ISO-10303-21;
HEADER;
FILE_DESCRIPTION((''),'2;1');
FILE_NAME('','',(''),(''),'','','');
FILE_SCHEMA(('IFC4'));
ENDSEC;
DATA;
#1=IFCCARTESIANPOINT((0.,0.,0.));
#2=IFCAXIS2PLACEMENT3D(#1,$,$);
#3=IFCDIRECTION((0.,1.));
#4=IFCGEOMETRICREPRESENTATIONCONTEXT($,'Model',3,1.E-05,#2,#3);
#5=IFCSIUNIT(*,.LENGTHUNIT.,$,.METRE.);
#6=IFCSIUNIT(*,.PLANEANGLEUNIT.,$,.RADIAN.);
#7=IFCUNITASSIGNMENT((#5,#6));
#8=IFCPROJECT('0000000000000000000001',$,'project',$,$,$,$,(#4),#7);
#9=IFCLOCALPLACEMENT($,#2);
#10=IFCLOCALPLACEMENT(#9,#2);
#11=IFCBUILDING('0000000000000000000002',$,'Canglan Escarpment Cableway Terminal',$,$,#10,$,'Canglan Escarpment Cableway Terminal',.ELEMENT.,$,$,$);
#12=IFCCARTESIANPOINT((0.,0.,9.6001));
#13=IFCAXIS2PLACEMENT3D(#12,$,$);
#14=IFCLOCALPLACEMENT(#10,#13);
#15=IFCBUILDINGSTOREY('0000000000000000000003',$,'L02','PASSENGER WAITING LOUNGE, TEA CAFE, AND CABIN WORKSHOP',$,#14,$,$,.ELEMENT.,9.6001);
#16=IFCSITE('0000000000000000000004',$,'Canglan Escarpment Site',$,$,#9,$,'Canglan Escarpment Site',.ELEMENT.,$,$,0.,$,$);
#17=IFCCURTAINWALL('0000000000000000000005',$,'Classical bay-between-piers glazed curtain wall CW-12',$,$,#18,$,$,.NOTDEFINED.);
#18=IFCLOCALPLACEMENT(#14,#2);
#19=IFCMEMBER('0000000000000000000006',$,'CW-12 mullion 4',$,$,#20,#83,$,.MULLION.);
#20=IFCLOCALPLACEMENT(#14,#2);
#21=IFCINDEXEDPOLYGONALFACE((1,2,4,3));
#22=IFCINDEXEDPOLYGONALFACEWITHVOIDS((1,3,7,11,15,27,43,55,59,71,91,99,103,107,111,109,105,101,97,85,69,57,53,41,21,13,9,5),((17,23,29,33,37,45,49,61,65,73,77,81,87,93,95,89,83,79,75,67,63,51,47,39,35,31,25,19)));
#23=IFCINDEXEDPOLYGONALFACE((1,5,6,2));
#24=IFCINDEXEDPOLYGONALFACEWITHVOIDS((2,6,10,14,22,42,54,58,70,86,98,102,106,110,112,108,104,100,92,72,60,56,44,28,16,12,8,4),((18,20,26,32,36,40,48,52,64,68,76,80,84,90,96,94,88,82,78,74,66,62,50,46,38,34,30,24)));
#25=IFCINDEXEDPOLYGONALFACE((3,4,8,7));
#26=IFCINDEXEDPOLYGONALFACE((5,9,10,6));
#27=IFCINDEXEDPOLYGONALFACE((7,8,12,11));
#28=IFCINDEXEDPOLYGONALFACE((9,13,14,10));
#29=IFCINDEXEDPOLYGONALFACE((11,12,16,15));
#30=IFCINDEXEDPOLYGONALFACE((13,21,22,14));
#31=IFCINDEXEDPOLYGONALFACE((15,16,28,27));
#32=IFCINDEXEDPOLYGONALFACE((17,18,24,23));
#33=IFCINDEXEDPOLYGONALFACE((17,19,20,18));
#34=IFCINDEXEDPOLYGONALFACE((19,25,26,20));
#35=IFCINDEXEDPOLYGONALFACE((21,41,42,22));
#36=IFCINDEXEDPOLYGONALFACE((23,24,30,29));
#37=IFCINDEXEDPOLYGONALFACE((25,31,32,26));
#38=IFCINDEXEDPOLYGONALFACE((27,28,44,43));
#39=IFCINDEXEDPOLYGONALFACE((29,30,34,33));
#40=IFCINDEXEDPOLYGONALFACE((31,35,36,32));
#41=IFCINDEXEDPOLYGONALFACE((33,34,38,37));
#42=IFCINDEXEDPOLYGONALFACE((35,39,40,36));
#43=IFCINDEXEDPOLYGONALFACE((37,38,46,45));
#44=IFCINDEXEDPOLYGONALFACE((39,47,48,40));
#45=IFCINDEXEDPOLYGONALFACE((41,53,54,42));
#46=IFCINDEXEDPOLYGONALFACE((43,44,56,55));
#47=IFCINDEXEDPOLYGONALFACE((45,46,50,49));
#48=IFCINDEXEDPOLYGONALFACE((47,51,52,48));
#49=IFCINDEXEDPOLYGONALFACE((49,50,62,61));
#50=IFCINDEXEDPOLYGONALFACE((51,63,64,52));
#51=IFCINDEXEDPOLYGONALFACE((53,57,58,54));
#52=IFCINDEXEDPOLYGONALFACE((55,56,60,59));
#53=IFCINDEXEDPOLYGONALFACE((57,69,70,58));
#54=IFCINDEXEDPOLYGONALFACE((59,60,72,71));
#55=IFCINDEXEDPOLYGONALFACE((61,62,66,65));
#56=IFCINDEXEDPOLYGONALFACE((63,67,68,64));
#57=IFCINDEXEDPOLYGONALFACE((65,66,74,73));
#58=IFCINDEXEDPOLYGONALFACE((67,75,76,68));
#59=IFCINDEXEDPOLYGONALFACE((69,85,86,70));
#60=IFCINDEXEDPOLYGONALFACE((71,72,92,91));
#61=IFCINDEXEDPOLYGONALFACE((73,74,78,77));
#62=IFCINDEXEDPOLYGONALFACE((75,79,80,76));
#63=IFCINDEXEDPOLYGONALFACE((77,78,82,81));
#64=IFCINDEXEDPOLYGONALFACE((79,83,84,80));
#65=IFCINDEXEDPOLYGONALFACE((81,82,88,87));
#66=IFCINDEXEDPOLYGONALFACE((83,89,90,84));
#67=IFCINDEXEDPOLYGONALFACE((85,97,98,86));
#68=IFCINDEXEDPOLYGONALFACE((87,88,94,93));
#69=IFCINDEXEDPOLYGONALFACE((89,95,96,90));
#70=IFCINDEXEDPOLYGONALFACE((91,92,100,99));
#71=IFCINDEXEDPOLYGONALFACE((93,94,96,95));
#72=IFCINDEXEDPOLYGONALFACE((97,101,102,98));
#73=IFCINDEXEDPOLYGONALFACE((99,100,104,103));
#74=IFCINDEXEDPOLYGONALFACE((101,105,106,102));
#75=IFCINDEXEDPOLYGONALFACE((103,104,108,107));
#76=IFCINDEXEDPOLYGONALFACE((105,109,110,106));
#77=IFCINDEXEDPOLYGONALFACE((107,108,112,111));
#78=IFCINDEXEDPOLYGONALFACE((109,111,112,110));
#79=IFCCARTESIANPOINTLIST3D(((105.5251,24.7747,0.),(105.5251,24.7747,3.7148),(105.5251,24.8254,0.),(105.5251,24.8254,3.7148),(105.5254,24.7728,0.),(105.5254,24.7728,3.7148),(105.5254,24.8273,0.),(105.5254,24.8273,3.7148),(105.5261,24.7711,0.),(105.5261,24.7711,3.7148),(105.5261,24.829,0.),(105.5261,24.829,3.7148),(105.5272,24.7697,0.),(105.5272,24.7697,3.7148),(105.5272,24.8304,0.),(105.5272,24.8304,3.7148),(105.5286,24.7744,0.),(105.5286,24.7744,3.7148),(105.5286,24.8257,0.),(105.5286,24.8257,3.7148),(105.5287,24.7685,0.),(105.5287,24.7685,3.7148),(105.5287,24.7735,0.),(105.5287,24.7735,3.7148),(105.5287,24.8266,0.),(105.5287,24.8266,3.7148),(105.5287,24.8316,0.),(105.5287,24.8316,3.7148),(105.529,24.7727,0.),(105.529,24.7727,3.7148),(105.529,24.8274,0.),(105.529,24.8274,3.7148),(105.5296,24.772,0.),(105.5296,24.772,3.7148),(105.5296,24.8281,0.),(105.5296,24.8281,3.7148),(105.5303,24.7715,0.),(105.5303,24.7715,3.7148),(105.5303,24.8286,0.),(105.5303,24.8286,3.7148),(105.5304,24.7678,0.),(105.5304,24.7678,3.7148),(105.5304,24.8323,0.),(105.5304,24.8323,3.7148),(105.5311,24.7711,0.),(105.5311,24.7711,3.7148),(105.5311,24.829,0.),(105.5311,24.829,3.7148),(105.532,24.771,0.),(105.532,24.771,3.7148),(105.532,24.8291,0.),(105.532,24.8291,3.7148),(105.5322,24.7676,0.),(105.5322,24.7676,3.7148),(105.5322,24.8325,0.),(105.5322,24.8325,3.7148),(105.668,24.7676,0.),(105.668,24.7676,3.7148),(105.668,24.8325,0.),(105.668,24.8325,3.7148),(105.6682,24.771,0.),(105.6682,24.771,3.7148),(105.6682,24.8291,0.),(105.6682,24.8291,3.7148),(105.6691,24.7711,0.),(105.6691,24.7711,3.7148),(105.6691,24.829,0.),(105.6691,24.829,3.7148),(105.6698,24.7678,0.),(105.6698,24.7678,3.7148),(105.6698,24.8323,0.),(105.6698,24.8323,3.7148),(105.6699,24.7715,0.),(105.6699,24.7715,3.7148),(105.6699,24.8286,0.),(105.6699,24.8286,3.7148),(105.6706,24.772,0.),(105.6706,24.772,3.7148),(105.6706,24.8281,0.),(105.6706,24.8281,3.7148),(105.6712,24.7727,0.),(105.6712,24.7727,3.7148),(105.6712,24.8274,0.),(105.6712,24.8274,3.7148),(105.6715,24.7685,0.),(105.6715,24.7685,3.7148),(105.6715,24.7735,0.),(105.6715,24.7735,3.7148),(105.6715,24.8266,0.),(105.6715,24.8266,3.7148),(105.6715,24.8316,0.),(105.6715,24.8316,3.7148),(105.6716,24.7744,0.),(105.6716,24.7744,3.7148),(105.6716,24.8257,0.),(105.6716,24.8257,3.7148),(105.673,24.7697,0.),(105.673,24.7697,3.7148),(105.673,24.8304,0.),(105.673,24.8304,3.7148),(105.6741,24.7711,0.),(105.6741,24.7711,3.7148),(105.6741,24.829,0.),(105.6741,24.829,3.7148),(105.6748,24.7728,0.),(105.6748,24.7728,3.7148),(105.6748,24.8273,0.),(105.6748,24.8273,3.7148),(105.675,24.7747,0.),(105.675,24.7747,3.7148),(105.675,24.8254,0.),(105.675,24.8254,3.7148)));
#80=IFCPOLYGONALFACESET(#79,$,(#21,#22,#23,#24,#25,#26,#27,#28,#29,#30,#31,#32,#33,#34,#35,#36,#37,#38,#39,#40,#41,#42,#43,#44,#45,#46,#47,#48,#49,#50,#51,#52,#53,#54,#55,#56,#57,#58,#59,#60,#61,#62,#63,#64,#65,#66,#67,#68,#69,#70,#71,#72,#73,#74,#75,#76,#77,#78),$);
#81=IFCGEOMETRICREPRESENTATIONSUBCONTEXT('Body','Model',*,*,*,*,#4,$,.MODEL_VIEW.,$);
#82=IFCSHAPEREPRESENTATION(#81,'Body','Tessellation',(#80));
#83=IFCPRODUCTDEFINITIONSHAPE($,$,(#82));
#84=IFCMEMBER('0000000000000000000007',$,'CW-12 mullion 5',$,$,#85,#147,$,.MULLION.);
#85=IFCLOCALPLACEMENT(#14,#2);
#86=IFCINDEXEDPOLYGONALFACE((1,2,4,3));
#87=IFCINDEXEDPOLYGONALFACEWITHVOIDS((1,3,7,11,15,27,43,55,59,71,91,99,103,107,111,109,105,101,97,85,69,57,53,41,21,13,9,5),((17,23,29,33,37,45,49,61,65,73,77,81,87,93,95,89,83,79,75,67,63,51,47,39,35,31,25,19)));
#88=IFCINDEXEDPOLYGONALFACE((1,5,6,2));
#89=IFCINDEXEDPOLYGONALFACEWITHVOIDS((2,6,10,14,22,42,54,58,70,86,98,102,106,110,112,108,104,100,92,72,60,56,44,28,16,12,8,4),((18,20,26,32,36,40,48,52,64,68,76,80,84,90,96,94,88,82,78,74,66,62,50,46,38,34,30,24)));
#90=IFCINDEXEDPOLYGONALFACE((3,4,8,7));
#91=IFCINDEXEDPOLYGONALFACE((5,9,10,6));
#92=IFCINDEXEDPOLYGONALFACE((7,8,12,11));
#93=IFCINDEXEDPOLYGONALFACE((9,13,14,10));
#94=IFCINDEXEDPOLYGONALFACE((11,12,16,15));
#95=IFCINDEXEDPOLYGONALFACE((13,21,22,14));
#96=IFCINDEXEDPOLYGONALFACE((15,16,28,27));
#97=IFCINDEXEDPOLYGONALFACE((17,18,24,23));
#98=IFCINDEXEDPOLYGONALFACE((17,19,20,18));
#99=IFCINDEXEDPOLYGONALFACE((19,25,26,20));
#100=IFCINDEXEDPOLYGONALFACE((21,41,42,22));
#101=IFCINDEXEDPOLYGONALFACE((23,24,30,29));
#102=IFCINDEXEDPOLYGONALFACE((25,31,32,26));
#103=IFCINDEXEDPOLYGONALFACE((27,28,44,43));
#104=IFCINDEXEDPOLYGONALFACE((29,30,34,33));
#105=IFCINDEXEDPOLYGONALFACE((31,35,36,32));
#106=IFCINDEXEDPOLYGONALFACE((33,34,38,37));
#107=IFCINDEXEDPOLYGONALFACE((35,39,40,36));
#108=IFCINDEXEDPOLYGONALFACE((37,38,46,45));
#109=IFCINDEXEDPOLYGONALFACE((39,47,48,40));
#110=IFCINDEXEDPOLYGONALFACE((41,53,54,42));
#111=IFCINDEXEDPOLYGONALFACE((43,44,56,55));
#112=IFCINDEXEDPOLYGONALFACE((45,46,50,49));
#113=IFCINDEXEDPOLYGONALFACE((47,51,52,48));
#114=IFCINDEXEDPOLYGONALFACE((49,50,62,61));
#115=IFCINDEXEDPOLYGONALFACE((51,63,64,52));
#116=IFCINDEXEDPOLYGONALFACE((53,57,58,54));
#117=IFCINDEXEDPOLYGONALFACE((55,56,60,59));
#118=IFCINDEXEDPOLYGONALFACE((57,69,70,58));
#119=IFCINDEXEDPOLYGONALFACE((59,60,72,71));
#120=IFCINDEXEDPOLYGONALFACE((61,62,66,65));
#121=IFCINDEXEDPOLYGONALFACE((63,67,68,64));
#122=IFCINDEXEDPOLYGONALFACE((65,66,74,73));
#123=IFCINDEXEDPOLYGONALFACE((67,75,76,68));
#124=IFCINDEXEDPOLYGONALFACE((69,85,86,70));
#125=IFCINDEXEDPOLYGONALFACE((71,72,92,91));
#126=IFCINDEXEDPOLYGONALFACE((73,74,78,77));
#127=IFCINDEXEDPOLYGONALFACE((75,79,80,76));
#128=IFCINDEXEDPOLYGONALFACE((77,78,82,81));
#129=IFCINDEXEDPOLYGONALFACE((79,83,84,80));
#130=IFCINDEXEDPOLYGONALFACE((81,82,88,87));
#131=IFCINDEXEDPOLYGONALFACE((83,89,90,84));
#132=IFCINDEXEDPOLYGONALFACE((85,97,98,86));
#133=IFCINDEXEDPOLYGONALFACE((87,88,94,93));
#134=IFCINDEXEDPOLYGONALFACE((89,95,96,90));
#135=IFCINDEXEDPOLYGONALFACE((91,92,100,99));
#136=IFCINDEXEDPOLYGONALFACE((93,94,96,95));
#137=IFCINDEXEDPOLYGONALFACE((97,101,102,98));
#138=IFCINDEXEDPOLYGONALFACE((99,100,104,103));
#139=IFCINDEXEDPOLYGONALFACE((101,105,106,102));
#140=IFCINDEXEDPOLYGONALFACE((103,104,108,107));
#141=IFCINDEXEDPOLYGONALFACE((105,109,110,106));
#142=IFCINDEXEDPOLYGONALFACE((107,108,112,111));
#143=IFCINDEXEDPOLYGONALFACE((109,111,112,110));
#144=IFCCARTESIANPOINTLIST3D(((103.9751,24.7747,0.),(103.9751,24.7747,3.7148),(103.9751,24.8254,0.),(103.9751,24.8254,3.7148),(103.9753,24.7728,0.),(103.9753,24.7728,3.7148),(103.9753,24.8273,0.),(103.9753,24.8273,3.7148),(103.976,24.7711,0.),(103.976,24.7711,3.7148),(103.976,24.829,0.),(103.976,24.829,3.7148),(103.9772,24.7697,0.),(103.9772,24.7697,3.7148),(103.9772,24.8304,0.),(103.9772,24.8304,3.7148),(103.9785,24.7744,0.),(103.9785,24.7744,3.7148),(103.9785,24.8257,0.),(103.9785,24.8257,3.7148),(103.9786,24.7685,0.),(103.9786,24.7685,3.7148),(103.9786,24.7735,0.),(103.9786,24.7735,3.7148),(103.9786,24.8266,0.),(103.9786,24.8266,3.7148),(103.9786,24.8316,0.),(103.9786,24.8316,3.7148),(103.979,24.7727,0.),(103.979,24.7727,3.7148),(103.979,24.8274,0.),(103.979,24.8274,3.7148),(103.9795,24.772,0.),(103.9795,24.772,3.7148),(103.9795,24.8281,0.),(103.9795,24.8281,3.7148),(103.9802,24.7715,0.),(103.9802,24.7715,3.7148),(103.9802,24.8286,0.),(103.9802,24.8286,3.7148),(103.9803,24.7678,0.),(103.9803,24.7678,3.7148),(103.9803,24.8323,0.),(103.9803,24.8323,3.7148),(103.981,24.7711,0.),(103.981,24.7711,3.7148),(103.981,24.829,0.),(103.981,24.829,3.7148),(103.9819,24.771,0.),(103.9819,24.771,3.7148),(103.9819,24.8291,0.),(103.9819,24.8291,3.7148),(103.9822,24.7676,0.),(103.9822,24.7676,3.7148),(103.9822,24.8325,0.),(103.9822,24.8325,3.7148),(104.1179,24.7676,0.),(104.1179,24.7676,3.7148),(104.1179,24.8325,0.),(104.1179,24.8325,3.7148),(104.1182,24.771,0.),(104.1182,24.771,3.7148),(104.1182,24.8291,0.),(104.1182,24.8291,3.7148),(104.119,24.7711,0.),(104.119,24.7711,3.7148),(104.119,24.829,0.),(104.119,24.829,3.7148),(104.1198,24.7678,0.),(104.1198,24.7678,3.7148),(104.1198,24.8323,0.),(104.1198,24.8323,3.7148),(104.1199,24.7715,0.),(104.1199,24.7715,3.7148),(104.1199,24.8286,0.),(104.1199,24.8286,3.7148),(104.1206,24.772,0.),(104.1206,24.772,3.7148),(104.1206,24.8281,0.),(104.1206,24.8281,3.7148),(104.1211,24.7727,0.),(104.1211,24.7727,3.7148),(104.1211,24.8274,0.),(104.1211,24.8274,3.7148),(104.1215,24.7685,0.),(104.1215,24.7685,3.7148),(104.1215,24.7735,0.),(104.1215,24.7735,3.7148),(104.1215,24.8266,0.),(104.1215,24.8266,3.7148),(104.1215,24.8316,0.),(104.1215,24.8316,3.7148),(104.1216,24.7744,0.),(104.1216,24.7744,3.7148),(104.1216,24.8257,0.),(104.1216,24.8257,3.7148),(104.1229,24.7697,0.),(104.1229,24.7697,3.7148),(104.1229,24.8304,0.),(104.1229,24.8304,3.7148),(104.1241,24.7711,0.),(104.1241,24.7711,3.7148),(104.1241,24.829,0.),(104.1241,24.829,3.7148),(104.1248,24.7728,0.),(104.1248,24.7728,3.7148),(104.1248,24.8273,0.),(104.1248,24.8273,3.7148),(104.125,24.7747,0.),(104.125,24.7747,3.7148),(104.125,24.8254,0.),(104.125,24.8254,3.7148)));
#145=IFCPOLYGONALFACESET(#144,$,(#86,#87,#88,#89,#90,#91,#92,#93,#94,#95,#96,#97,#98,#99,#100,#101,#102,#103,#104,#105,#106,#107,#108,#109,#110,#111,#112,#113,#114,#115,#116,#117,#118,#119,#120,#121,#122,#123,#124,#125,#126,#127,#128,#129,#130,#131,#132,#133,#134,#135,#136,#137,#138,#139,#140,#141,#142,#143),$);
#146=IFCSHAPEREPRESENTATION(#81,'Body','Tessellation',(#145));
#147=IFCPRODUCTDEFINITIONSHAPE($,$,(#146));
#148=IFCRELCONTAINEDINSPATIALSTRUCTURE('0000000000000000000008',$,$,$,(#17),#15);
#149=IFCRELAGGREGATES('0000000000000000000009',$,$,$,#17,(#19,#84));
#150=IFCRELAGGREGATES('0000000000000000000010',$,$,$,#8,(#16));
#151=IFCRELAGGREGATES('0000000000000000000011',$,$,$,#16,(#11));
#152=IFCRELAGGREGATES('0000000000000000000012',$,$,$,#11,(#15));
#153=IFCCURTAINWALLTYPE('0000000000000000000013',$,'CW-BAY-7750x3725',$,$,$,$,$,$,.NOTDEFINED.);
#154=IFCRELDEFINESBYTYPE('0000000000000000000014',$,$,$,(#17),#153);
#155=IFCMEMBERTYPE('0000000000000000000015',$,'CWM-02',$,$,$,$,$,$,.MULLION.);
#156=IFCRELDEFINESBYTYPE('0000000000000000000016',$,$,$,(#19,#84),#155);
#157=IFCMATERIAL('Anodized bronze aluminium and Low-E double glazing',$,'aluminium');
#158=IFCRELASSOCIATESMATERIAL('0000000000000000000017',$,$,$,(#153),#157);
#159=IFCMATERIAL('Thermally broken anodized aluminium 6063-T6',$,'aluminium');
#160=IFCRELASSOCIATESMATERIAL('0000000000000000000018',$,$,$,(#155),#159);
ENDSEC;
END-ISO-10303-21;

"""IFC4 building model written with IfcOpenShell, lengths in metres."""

from ifc_helpers import new_model, si_unit, direction, frame, origin, origin_2d, place, context, subcontext, project, spatial, hollow_rectangle, extrude, material, material_profile, profile_set, type_object, element, aggregate, save


model = new_model("IFC4")

# Units and contexts
model_context = context("Model", 3, precision=1e-05, world=origin(), true_north=direction((0.0, 1.0)))
body_context = subcontext(model_context, "Body", "Model", "MODEL_VIEW")
ifc_project = project(units=[si_unit("LENGTHUNIT", "METRE"), si_unit("PLANEANGLEUNIT", "RADIAN")], contexts=[model_context])

# Site, building, storey
site_placement = place(None, origin())
site = spatial("IfcSite", under=ifc_project, at=site_placement, Name="Canglan Escarpment Site", LongName="Canglan Escarpment Site", CompositionType="ELEMENT", RefElevation=0.0)
building_placement = place(site_placement, origin())
building = spatial("IfcBuilding", under=site, at=building_placement, Name="Canglan Escarpment Cableway Terminal", LongName="Canglan Escarpment Cableway Terminal", CompositionType="ELEMENT")
storey_placement = place(building_placement, frame((0.0, 0.0, 9.6001)))
storey = spatial("IfcBuildingStorey", under=building, at=storey_placement, Name="L02", Description="PASSENGER WAITING LOUNGE, TEA CAFE, AND CABIN WORKSHOP", CompositionType="ELEMENT", Elevation=9.6001)

# Curtain wall, members
ifc_material_1 = material(Name="Anodized bronze aluminium and Low-E double glazing", Category="aluminium")
curtain_wall_type = type_object("IfcCurtainWallType", Name="CW-BAY-7750x3725", PredefinedType="NOTDEFINED", material=ifc_material_1)
ifc_material_2 = material(Name="Thermally broken anodized aluminium 6063-T6", Category="aluminium")
curtain_wall_1_placement = place(storey_placement, origin())
curtain_wall_1 = element("IfcCurtainWall", 1, at=curtain_wall_1_placement, inside=storey, type_object=curtain_wall_type, Name="Classical bay-between-piers glazed curtain wall CW-12", PredefinedType="NOTDEFINED")
ifc_material_profile_1 = material_profile(ifc_material_2, hollow_rectangle(XDim=0.0649, YDim=0.1499, WallThickness=0.0034, InnerFilletRadius=0.0034, OuterFilletRadius=0.0071, at=origin_2d()), Name="ALU-MULL 65x150x3.5")
ifc_profile_set_1 = profile_set([ifc_material_profile_1], Name="Thermally broken anodized aluminium 6063-T6")
member_type_1 = type_object("IfcMemberType", Name="CWM-02", PredefinedType="MULLION", material=ifc_profile_set_1)
member_1_placement = place(storey_placement, frame((105.6001, 24.8, 0.0), z_axis=(0.0, 0.0, 1.0), x_axis=(0.0, -1.0, 0.0)))
member_1 = element("IfcMember", 2, at=member_1_placement, type_object=member_type_1, Name="CW-12 mullion 4", PredefinedType="MULLION", context=body_context, shape_type="SweptSolid", body=[
    extrude(hollow_rectangle(XDim=0.0649, YDim=0.1499, WallThickness=0.0034, InnerFilletRadius=0.0034, OuterFilletRadius=0.0071, at=origin_2d()), origin(), (0.0, 0.0, 1.0), 3.7148),
])
member_2_placement = place(storey_placement, frame((104.05, 24.8, 0.0), z_axis=(0.0, 0.0, 1.0), x_axis=(0.0, -1.0, 0.0)))
member_2 = element("IfcMember", 3, at=member_2_placement, type_object=member_type_1, Name="CW-12 mullion 5", PredefinedType="MULLION", context=body_context, shape_type="SweptSolid", body=[
    extrude(hollow_rectangle(XDim=0.0649, YDim=0.1499, WallThickness=0.0034, InnerFilletRadius=0.0034, OuterFilletRadius=0.0071, at=origin_2d()), origin(), (0.0, 0.0, 1.0), 3.7148),
])

aggregate(curtain_wall_1, [member_1, member_2])

save(model, "model.ifc")
